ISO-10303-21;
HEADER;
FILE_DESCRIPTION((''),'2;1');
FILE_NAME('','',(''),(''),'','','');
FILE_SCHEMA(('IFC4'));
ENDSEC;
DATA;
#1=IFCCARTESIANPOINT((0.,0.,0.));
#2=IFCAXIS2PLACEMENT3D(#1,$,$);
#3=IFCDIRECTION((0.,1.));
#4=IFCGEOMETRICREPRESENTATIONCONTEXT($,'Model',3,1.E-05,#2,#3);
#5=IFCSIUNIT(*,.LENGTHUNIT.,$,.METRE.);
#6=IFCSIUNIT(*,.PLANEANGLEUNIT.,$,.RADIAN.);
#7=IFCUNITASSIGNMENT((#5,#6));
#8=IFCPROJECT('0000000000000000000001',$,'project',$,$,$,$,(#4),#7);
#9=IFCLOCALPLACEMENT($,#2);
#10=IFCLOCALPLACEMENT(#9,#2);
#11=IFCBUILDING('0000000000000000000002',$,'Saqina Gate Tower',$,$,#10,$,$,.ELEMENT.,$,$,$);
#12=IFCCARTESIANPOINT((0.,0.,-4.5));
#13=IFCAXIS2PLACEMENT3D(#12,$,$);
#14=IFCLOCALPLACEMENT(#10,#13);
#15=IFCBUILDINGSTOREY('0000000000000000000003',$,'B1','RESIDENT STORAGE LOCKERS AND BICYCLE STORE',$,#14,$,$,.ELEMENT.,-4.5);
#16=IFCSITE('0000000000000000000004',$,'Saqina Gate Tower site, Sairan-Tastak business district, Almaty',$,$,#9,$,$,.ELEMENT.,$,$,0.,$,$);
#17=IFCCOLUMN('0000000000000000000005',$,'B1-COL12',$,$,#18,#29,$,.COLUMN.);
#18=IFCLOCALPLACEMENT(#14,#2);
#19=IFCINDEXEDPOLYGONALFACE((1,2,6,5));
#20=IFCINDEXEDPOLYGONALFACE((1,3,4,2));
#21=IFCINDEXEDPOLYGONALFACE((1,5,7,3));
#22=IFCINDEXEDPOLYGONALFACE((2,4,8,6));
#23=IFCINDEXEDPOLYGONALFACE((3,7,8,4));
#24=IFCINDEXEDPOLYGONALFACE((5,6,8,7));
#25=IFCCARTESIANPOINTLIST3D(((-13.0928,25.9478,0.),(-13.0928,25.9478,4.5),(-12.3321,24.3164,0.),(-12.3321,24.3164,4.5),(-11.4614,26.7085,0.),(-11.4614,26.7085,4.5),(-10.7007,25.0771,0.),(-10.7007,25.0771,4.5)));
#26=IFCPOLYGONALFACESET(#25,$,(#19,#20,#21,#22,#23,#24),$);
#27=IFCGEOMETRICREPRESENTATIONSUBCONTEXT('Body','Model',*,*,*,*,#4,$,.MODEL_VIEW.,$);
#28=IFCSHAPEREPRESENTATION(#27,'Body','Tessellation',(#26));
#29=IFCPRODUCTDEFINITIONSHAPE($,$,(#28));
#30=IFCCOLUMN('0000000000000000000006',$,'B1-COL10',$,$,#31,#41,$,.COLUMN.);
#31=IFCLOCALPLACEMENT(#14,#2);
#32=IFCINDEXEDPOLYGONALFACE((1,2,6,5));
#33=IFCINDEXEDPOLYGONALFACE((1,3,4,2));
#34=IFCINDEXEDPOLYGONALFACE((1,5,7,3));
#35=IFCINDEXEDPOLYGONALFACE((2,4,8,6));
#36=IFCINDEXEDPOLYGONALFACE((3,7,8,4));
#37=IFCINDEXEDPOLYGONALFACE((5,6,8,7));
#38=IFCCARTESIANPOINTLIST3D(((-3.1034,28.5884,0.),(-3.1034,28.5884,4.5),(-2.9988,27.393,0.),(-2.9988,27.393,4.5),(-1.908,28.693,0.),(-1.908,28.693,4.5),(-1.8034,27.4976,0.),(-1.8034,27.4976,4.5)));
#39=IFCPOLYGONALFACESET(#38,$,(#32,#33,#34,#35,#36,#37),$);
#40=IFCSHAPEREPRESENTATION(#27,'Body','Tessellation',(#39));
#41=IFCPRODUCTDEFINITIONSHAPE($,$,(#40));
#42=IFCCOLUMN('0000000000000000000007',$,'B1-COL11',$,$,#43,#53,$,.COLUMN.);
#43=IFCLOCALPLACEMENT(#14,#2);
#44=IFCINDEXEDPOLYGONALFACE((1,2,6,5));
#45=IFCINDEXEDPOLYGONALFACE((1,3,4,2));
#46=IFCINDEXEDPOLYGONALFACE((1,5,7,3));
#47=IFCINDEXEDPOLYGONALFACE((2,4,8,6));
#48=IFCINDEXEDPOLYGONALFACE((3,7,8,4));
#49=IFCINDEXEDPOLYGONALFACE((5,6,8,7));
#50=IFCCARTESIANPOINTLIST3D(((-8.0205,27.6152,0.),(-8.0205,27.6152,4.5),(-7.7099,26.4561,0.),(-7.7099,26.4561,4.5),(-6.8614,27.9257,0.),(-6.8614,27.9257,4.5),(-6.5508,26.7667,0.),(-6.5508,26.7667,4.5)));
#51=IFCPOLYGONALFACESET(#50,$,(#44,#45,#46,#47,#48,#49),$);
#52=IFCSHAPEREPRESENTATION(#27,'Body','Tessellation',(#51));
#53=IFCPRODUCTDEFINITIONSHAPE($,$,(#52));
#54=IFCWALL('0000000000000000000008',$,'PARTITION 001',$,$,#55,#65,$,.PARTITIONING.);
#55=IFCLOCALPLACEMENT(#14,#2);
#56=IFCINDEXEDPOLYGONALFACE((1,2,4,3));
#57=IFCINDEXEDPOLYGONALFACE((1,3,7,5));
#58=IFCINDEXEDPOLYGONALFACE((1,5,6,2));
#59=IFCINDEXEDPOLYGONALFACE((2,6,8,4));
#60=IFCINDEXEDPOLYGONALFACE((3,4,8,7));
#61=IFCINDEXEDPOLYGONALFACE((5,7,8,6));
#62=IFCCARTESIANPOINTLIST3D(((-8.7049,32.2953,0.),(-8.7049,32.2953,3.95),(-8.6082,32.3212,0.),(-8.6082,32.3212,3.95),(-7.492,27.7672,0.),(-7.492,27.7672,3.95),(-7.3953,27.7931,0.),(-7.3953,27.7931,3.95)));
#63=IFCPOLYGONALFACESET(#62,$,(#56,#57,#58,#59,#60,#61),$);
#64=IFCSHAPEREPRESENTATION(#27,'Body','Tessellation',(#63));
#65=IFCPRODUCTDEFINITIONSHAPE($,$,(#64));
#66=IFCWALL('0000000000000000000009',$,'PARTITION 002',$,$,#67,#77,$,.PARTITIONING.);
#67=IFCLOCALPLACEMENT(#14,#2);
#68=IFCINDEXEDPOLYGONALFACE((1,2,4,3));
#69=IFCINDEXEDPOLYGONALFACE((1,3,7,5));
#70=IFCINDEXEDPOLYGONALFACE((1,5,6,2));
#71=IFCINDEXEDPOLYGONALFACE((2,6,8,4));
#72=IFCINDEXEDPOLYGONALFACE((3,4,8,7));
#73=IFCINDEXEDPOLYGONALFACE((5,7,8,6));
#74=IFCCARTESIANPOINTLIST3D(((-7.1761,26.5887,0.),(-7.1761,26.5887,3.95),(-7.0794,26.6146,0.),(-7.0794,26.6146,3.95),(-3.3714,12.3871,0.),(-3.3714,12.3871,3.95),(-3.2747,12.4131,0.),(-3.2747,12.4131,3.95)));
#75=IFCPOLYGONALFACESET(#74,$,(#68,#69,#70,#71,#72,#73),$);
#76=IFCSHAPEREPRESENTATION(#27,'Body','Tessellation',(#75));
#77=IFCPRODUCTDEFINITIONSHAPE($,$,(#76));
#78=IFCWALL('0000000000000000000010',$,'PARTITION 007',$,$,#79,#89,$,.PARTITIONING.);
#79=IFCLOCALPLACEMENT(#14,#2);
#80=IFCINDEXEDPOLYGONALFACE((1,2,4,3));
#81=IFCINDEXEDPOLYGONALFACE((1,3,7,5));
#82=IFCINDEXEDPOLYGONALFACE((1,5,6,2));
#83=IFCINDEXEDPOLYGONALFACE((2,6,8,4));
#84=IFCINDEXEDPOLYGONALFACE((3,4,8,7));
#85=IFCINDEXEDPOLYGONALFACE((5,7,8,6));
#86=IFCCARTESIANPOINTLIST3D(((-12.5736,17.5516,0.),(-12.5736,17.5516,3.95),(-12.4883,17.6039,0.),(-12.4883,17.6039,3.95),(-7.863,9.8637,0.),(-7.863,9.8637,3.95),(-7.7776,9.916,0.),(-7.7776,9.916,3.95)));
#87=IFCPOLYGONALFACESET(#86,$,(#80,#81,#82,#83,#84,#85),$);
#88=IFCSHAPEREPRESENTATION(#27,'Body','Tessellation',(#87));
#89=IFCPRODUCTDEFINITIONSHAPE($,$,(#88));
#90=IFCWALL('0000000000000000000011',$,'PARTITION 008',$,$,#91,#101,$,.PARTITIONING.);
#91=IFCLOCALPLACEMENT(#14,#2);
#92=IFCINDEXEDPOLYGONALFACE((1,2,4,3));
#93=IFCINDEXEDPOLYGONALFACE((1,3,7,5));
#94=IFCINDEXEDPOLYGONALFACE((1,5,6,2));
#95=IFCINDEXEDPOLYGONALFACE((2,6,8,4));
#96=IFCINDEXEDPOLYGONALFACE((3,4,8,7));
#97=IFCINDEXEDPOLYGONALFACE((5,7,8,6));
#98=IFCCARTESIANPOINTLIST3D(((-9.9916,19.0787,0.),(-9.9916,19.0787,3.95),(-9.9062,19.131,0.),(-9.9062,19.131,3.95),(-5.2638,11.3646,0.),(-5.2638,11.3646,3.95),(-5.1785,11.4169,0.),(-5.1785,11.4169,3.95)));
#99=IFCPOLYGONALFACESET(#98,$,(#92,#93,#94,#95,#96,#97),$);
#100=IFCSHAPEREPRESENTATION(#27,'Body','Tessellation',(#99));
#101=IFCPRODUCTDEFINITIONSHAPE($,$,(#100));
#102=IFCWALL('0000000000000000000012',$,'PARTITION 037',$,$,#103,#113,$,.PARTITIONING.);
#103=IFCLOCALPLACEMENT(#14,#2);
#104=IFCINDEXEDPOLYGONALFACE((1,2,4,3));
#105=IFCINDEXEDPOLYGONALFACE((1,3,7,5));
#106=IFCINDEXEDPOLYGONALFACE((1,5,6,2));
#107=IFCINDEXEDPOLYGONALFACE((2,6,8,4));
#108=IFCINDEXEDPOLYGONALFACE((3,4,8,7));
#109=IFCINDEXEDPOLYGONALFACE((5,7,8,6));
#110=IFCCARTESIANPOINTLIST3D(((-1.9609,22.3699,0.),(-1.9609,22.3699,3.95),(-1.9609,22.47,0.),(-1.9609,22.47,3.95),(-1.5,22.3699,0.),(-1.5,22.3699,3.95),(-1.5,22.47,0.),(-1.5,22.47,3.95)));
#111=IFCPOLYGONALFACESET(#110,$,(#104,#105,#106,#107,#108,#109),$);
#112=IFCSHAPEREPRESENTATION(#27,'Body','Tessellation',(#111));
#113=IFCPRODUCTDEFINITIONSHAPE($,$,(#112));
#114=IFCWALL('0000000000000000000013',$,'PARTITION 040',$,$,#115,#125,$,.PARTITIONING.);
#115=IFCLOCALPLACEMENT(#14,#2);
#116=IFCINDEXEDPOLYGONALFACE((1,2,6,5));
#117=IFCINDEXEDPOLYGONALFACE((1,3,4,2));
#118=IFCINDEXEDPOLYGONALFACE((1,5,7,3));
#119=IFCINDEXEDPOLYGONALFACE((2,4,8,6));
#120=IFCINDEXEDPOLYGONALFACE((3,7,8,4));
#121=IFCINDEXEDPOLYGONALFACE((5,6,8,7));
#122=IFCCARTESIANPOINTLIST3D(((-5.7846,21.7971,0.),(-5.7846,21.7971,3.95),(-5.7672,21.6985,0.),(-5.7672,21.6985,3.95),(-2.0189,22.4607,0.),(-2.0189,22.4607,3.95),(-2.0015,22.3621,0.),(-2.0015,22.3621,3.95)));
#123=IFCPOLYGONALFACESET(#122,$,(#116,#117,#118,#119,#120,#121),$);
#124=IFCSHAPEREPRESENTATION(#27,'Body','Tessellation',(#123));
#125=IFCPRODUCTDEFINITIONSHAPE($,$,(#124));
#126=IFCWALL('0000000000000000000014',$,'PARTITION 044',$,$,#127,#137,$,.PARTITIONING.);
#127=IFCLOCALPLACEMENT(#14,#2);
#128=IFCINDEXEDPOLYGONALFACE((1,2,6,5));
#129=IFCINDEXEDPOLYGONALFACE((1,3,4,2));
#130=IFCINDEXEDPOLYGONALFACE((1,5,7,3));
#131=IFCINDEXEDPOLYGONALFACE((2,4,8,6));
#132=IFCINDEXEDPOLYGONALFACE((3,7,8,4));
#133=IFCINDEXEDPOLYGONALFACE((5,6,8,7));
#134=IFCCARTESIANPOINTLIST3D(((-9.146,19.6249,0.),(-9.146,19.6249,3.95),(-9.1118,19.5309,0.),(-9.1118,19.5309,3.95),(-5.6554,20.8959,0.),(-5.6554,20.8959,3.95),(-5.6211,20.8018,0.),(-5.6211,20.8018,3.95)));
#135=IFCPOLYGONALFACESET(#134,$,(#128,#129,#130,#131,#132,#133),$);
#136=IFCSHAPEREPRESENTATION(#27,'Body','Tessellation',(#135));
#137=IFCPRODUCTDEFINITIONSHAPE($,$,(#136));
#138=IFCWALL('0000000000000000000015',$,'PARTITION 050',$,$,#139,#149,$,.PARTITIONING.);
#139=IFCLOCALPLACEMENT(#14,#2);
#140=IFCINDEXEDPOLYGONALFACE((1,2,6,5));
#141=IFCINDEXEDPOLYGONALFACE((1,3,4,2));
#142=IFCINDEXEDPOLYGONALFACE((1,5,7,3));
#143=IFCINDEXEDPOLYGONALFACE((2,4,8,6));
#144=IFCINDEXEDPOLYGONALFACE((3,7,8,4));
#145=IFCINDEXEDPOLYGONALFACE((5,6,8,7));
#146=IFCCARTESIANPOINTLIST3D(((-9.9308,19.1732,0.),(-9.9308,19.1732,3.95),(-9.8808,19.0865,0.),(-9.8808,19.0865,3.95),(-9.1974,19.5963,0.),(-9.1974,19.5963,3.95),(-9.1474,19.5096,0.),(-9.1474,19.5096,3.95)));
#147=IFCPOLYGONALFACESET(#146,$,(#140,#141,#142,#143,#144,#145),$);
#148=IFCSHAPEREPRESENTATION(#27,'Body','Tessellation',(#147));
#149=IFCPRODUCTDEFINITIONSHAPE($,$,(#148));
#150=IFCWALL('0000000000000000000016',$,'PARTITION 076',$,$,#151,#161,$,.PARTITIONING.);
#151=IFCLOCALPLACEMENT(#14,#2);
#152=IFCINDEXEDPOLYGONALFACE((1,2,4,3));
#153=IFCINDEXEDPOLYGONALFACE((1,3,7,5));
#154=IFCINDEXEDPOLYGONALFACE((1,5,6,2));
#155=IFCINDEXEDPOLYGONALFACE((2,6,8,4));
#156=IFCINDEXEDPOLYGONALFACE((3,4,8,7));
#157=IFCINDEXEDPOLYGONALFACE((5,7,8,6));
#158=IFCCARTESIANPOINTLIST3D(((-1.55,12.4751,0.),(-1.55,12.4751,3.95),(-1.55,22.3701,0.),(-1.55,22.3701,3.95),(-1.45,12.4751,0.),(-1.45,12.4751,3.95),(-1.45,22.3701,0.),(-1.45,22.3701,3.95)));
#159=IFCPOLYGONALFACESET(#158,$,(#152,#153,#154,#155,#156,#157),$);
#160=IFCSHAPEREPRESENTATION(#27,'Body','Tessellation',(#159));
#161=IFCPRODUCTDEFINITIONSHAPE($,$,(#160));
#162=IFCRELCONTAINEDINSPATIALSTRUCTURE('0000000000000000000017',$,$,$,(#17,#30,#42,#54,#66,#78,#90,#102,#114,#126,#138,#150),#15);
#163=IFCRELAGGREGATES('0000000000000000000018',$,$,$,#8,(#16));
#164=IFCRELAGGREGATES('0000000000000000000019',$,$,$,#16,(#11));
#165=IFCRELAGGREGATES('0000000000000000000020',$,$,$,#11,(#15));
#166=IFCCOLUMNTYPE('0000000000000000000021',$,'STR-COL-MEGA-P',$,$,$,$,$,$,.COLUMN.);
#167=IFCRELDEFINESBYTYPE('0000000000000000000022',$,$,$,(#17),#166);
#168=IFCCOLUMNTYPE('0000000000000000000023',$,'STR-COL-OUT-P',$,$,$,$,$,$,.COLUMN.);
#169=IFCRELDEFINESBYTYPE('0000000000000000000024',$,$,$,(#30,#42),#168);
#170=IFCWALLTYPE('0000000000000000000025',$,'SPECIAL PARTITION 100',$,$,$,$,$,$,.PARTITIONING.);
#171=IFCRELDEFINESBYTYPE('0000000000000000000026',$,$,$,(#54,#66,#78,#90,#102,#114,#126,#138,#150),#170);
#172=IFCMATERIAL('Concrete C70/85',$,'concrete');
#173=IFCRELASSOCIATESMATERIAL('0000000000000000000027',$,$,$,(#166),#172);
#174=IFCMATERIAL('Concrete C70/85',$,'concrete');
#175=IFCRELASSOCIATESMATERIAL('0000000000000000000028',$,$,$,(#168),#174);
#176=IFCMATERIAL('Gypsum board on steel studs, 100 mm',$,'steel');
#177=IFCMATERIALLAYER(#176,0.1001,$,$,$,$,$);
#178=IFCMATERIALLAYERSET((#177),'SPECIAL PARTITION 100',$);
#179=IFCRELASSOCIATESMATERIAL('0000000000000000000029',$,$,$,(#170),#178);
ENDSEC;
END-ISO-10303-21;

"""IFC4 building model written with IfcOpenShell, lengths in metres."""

from ifc_helpers import new_model, si_unit, direction, frame, frame_2d, origin, origin_2d, place, context, subcontext, project, spatial, rectangle, extrude, material, layer, layer_set, material_profile, profile_set, type_object, element, save


model = new_model("IFC4")

# Units and contexts
model_context = context("Model", 3, precision=1e-05, world=origin(), true_north=direction((0.0, 1.0)))
body_context = subcontext(model_context, "Body", "Model", "MODEL_VIEW")
ifc_project = project(units=[si_unit("LENGTHUNIT", "METRE"), si_unit("PLANEANGLEUNIT", "RADIAN")], contexts=[model_context])

# Site, building, storey
site_placement = place(None, origin())
site = spatial("IfcSite", under=ifc_project, at=site_placement, Name="Saqina Gate Tower site, Sairan-Tastak business district, Almaty", CompositionType="ELEMENT", RefElevation=0.0)
building_placement = place(site_placement, origin())
building = spatial("IfcBuilding", under=site, at=building_placement, Name="Saqina Gate Tower", CompositionType="ELEMENT")
storey_placement = place(building_placement, frame((0.0, 0.0, -4.5)))
storey = spatial("IfcBuildingStorey", under=building, at=storey_placement, Name="B1", Description="RESIDENT STORAGE LOCKERS AND BICYCLE STORE", CompositionType="ELEMENT", Elevation=-4.5)

# Columns
ifc_material_1 = material(Name="Concrete C70/85", Category="concrete")
ifc_material_profile_1 = material_profile(ifc_material_1, rectangle(XDim=1.8, YDim=1.8, at=origin_2d()), Name="RC 1800x1800")
ifc_profile_set_1 = profile_set([ifc_material_profile_1], Name="Concrete C70/85")
column_type_1 = type_object("IfcColumnType", Name="STR-COL-MEGA-P", PredefinedType="COLUMN", material=ifc_profile_set_1)
column_placement = place(storey_placement, frame((-11.8967, 25.5125, 0.0), z_axis=(0.0, 0.0, 1.0), x_axis=(-0.422618, 0.906308, 0.0)))
element("IfcColumn", 1, at=column_placement, inside=storey, type_object=column_type_1, Name="B1-COL12", PredefinedType="COLUMN", context=body_context, shape_type="SweptSolid", body=[
    extrude(rectangle(XDim=1.8, YDim=1.8, at=origin_2d()), origin(), (0.0, 0.0, 1.0), 4.5),
])
ifc_material_2 = material(Name="Concrete C70/85", Category="concrete")
ifc_material_profile_2 = material_profile(ifc_material_2, rectangle(XDim=1.2, YDim=1.2, at=origin_2d()), Name="RC 1200x1200")
ifc_profile_set_2 = profile_set([ifc_material_profile_2], Name="Concrete C70/85")
column_type_2 = type_object("IfcColumnType", Name="STR-COL-OUT-P", PredefinedType="COLUMN", material=ifc_profile_set_2)
for number, where, z_axis, x_axis, name in (
    (2, (-2.4534, 28.043, 0.0), (0.0, 0.0, 1.0), (-0.087156, 0.996195, 0.0), "B1-COL10"),
    (3, (-7.2856, 27.1909, 0.0), (0.0, 0.0, 1.0), (-0.258819, 0.965926, 0.0), "B1-COL11"),
):
    element("IfcColumn", number, at=place(storey_placement, frame(where, z_axis=z_axis, x_axis=x_axis)), inside=storey, type_object=column_type_2, Name=name, PredefinedType="COLUMN", context=body_context, shape_type="SweptSolid", body=[
        extrude(rectangle(XDim=1.2, YDim=1.2, at=origin_2d()), origin(), (0.0, 0.0, 1.0), 4.5),
    ])

# Walls
ifc_material_3 = material(Name="Gypsum board on steel studs, 100 mm", Category="steel")
ifc_layer_1 = layer(ifc_material_3, 0.1001)
ifc_layer_set_1 = layer_set([ifc_layer_1], Name="SPECIAL PARTITION 100")
wall_type_1 = type_object("IfcWallType", Name="SPECIAL PARTITION 100", PredefinedType="PARTITIONING", material=ifc_layer_set_1)
wall_1_placement = place(storey_placement, frame((-8.6565, 32.3081, 0.0), z_axis=(0.0, 0.0, 1.0), x_axis=(0.258739, -0.965947, 0.0)))
element("IfcWall", 4, at=wall_1_placement, inside=storey, type_object=wall_type_1, Name="PARTITION 001", PredefinedType="PARTITIONING", context=body_context, shape_type="SweptSolid", body=[
    extrude(rectangle(XDim=4.6877, YDim=0.1001, at=frame_2d((2.3438, 0.0))), origin(), (0.0, 0.0, 1.0), 3.95),
])
wall_2_placement = place(storey_placement, frame((-7.1277, 26.6016, 0.0), z_axis=(0.0, 0.0, 1.0), x_axis=(0.258779, -0.965937, 0.0)))
element("IfcWall", 5, at=wall_2_placement, inside=storey, type_object=wall_type_1, Name="PARTITION 002", PredefinedType="PARTITIONING", context=body_context, shape_type="SweptSolid", body=[
    extrude(rectangle(XDim=14.7024, YDim=0.1001, at=frame_2d((7.3511, 0.0))), origin(), (0.0, 0.0, 1.0), 3.95),
])
wall_3_placement = place(storey_placement, frame((-12.531, 17.5779, 0.0), z_axis=(0.0, 0.0, 1.0), x_axis=(0.522457, -0.852665, 0.0)))
element("IfcWall", 6, at=wall_3_placement, inside=storey, type_object=wall_type_1, Name="PARTITION 007", PredefinedType="PARTITIONING", context=body_context, shape_type="SweptSolid", body=[
    extrude(rectangle(XDim=9.0164, YDim=0.1001, at=frame_2d((4.5083, 0.0))), origin(), (0.0, 0.0, 1.0), 3.95),
])
wall_4_placement = place(storey_placement, frame((-9.949, 19.105, 0.0), z_axis=(0.0, 0.0, 1.0), x_axis=(0.522544, -0.852612, 0.0)))
element("IfcWall", 7, at=wall_4_placement, inside=storey, type_object=wall_type_1, Name="PARTITION 008", PredefinedType="PARTITIONING", context=body_context, shape_type="SweptSolid", body=[
    extrude(rectangle(XDim=9.0476, YDim=0.1001, at=frame_2d((4.5239, 0.0))), origin(), (0.0, 0.0, 1.0), 3.95),
])
wall_5_placement = place(storey_placement, frame((-1.9609, 22.4199, 0.0), z_axis=(0.0, 0.0, 1.0), x_axis=(1.0, 0.0, 0.0)))
element("IfcWall", 8, at=wall_5_placement, inside=storey, type_object=wall_type_1, Name="PARTITION 037", PredefinedType="PARTITIONING", context=body_context, shape_type="SweptSolid", body=[
    extrude(rectangle(XDim=0.4609, YDim=0.1001, at=frame_2d((0.2305, 0.0))), origin(), (0.0, 0.0, 1.0), 3.95),
])
wall_6_placement = place(storey_placement, frame((-5.7759, 21.7478, 0.0), z_axis=(0.0, 0.0, 1.0), x_axis=(0.984826, 0.173545, 0.0)))
element("IfcWall", 9, at=wall_6_placement, inside=storey, type_object=wall_type_1, Name="PARTITION 040", PredefinedType="PARTITIONING", context=body_context, shape_type="SweptSolid", body=[
    extrude(rectangle(XDim=3.8237, YDim=0.1001, at=frame_2d((1.9119, 0.0))), origin(), (0.0, 0.0, 1.0), 3.95),
])
wall_7_placement = place(storey_placement, frame((-9.1289, 19.5779, 0.0), z_axis=(0.0, 0.0, 1.0), x_axis=(0.939651, 0.342134, 0.0)))
element("IfcWall", 10, at=wall_7_placement, inside=storey, type_object=wall_type_1, Name="PARTITION 044", PredefinedType="PARTITIONING", context=body_context, shape_type="SweptSolid", body=[
    extrude(rectangle(XDim=3.7148, YDim=0.1001, at=frame_2d((1.8574, 0.0))), origin(), (0.0, 0.0, 1.0), 3.95),
])
wall_8_placement = place(storey_placement, frame((-9.9058, 19.1299, 0.0), z_axis=(0.0, 0.0, 1.0), x_axis=(0.866195, 0.499706, 0.0)))
element("IfcWall", 11, at=wall_8_placement, inside=storey, type_object=wall_type_1, Name="PARTITION 050", PredefinedType="PARTITIONING", context=body_context, shape_type="SweptSolid", body=[
    extrude(rectangle(XDim=0.8467, YDim=0.1001, at=frame_2d((0.4233, 0.0))), origin(), (0.0, 0.0, 1.0), 3.95),
])
wall_9_placement = place(storey_placement, frame((-1.5, 12.4751, 0.0), z_axis=(0.0, 0.0, 1.0), x_axis=(0.0, 1.0, 0.0)))
element("IfcWall", 12, at=wall_9_placement, inside=storey, type_object=wall_type_1, Name="PARTITION 076", PredefinedType="PARTITIONING", context=body_context, shape_type="SweptSolid", body=[
    extrude(rectangle(XDim=9.895, YDim=0.1001, at=frame_2d((4.9475, 0.0))), origin(), (0.0, 0.0, 1.0), 3.95),
])

save(model, "model.ifc")
